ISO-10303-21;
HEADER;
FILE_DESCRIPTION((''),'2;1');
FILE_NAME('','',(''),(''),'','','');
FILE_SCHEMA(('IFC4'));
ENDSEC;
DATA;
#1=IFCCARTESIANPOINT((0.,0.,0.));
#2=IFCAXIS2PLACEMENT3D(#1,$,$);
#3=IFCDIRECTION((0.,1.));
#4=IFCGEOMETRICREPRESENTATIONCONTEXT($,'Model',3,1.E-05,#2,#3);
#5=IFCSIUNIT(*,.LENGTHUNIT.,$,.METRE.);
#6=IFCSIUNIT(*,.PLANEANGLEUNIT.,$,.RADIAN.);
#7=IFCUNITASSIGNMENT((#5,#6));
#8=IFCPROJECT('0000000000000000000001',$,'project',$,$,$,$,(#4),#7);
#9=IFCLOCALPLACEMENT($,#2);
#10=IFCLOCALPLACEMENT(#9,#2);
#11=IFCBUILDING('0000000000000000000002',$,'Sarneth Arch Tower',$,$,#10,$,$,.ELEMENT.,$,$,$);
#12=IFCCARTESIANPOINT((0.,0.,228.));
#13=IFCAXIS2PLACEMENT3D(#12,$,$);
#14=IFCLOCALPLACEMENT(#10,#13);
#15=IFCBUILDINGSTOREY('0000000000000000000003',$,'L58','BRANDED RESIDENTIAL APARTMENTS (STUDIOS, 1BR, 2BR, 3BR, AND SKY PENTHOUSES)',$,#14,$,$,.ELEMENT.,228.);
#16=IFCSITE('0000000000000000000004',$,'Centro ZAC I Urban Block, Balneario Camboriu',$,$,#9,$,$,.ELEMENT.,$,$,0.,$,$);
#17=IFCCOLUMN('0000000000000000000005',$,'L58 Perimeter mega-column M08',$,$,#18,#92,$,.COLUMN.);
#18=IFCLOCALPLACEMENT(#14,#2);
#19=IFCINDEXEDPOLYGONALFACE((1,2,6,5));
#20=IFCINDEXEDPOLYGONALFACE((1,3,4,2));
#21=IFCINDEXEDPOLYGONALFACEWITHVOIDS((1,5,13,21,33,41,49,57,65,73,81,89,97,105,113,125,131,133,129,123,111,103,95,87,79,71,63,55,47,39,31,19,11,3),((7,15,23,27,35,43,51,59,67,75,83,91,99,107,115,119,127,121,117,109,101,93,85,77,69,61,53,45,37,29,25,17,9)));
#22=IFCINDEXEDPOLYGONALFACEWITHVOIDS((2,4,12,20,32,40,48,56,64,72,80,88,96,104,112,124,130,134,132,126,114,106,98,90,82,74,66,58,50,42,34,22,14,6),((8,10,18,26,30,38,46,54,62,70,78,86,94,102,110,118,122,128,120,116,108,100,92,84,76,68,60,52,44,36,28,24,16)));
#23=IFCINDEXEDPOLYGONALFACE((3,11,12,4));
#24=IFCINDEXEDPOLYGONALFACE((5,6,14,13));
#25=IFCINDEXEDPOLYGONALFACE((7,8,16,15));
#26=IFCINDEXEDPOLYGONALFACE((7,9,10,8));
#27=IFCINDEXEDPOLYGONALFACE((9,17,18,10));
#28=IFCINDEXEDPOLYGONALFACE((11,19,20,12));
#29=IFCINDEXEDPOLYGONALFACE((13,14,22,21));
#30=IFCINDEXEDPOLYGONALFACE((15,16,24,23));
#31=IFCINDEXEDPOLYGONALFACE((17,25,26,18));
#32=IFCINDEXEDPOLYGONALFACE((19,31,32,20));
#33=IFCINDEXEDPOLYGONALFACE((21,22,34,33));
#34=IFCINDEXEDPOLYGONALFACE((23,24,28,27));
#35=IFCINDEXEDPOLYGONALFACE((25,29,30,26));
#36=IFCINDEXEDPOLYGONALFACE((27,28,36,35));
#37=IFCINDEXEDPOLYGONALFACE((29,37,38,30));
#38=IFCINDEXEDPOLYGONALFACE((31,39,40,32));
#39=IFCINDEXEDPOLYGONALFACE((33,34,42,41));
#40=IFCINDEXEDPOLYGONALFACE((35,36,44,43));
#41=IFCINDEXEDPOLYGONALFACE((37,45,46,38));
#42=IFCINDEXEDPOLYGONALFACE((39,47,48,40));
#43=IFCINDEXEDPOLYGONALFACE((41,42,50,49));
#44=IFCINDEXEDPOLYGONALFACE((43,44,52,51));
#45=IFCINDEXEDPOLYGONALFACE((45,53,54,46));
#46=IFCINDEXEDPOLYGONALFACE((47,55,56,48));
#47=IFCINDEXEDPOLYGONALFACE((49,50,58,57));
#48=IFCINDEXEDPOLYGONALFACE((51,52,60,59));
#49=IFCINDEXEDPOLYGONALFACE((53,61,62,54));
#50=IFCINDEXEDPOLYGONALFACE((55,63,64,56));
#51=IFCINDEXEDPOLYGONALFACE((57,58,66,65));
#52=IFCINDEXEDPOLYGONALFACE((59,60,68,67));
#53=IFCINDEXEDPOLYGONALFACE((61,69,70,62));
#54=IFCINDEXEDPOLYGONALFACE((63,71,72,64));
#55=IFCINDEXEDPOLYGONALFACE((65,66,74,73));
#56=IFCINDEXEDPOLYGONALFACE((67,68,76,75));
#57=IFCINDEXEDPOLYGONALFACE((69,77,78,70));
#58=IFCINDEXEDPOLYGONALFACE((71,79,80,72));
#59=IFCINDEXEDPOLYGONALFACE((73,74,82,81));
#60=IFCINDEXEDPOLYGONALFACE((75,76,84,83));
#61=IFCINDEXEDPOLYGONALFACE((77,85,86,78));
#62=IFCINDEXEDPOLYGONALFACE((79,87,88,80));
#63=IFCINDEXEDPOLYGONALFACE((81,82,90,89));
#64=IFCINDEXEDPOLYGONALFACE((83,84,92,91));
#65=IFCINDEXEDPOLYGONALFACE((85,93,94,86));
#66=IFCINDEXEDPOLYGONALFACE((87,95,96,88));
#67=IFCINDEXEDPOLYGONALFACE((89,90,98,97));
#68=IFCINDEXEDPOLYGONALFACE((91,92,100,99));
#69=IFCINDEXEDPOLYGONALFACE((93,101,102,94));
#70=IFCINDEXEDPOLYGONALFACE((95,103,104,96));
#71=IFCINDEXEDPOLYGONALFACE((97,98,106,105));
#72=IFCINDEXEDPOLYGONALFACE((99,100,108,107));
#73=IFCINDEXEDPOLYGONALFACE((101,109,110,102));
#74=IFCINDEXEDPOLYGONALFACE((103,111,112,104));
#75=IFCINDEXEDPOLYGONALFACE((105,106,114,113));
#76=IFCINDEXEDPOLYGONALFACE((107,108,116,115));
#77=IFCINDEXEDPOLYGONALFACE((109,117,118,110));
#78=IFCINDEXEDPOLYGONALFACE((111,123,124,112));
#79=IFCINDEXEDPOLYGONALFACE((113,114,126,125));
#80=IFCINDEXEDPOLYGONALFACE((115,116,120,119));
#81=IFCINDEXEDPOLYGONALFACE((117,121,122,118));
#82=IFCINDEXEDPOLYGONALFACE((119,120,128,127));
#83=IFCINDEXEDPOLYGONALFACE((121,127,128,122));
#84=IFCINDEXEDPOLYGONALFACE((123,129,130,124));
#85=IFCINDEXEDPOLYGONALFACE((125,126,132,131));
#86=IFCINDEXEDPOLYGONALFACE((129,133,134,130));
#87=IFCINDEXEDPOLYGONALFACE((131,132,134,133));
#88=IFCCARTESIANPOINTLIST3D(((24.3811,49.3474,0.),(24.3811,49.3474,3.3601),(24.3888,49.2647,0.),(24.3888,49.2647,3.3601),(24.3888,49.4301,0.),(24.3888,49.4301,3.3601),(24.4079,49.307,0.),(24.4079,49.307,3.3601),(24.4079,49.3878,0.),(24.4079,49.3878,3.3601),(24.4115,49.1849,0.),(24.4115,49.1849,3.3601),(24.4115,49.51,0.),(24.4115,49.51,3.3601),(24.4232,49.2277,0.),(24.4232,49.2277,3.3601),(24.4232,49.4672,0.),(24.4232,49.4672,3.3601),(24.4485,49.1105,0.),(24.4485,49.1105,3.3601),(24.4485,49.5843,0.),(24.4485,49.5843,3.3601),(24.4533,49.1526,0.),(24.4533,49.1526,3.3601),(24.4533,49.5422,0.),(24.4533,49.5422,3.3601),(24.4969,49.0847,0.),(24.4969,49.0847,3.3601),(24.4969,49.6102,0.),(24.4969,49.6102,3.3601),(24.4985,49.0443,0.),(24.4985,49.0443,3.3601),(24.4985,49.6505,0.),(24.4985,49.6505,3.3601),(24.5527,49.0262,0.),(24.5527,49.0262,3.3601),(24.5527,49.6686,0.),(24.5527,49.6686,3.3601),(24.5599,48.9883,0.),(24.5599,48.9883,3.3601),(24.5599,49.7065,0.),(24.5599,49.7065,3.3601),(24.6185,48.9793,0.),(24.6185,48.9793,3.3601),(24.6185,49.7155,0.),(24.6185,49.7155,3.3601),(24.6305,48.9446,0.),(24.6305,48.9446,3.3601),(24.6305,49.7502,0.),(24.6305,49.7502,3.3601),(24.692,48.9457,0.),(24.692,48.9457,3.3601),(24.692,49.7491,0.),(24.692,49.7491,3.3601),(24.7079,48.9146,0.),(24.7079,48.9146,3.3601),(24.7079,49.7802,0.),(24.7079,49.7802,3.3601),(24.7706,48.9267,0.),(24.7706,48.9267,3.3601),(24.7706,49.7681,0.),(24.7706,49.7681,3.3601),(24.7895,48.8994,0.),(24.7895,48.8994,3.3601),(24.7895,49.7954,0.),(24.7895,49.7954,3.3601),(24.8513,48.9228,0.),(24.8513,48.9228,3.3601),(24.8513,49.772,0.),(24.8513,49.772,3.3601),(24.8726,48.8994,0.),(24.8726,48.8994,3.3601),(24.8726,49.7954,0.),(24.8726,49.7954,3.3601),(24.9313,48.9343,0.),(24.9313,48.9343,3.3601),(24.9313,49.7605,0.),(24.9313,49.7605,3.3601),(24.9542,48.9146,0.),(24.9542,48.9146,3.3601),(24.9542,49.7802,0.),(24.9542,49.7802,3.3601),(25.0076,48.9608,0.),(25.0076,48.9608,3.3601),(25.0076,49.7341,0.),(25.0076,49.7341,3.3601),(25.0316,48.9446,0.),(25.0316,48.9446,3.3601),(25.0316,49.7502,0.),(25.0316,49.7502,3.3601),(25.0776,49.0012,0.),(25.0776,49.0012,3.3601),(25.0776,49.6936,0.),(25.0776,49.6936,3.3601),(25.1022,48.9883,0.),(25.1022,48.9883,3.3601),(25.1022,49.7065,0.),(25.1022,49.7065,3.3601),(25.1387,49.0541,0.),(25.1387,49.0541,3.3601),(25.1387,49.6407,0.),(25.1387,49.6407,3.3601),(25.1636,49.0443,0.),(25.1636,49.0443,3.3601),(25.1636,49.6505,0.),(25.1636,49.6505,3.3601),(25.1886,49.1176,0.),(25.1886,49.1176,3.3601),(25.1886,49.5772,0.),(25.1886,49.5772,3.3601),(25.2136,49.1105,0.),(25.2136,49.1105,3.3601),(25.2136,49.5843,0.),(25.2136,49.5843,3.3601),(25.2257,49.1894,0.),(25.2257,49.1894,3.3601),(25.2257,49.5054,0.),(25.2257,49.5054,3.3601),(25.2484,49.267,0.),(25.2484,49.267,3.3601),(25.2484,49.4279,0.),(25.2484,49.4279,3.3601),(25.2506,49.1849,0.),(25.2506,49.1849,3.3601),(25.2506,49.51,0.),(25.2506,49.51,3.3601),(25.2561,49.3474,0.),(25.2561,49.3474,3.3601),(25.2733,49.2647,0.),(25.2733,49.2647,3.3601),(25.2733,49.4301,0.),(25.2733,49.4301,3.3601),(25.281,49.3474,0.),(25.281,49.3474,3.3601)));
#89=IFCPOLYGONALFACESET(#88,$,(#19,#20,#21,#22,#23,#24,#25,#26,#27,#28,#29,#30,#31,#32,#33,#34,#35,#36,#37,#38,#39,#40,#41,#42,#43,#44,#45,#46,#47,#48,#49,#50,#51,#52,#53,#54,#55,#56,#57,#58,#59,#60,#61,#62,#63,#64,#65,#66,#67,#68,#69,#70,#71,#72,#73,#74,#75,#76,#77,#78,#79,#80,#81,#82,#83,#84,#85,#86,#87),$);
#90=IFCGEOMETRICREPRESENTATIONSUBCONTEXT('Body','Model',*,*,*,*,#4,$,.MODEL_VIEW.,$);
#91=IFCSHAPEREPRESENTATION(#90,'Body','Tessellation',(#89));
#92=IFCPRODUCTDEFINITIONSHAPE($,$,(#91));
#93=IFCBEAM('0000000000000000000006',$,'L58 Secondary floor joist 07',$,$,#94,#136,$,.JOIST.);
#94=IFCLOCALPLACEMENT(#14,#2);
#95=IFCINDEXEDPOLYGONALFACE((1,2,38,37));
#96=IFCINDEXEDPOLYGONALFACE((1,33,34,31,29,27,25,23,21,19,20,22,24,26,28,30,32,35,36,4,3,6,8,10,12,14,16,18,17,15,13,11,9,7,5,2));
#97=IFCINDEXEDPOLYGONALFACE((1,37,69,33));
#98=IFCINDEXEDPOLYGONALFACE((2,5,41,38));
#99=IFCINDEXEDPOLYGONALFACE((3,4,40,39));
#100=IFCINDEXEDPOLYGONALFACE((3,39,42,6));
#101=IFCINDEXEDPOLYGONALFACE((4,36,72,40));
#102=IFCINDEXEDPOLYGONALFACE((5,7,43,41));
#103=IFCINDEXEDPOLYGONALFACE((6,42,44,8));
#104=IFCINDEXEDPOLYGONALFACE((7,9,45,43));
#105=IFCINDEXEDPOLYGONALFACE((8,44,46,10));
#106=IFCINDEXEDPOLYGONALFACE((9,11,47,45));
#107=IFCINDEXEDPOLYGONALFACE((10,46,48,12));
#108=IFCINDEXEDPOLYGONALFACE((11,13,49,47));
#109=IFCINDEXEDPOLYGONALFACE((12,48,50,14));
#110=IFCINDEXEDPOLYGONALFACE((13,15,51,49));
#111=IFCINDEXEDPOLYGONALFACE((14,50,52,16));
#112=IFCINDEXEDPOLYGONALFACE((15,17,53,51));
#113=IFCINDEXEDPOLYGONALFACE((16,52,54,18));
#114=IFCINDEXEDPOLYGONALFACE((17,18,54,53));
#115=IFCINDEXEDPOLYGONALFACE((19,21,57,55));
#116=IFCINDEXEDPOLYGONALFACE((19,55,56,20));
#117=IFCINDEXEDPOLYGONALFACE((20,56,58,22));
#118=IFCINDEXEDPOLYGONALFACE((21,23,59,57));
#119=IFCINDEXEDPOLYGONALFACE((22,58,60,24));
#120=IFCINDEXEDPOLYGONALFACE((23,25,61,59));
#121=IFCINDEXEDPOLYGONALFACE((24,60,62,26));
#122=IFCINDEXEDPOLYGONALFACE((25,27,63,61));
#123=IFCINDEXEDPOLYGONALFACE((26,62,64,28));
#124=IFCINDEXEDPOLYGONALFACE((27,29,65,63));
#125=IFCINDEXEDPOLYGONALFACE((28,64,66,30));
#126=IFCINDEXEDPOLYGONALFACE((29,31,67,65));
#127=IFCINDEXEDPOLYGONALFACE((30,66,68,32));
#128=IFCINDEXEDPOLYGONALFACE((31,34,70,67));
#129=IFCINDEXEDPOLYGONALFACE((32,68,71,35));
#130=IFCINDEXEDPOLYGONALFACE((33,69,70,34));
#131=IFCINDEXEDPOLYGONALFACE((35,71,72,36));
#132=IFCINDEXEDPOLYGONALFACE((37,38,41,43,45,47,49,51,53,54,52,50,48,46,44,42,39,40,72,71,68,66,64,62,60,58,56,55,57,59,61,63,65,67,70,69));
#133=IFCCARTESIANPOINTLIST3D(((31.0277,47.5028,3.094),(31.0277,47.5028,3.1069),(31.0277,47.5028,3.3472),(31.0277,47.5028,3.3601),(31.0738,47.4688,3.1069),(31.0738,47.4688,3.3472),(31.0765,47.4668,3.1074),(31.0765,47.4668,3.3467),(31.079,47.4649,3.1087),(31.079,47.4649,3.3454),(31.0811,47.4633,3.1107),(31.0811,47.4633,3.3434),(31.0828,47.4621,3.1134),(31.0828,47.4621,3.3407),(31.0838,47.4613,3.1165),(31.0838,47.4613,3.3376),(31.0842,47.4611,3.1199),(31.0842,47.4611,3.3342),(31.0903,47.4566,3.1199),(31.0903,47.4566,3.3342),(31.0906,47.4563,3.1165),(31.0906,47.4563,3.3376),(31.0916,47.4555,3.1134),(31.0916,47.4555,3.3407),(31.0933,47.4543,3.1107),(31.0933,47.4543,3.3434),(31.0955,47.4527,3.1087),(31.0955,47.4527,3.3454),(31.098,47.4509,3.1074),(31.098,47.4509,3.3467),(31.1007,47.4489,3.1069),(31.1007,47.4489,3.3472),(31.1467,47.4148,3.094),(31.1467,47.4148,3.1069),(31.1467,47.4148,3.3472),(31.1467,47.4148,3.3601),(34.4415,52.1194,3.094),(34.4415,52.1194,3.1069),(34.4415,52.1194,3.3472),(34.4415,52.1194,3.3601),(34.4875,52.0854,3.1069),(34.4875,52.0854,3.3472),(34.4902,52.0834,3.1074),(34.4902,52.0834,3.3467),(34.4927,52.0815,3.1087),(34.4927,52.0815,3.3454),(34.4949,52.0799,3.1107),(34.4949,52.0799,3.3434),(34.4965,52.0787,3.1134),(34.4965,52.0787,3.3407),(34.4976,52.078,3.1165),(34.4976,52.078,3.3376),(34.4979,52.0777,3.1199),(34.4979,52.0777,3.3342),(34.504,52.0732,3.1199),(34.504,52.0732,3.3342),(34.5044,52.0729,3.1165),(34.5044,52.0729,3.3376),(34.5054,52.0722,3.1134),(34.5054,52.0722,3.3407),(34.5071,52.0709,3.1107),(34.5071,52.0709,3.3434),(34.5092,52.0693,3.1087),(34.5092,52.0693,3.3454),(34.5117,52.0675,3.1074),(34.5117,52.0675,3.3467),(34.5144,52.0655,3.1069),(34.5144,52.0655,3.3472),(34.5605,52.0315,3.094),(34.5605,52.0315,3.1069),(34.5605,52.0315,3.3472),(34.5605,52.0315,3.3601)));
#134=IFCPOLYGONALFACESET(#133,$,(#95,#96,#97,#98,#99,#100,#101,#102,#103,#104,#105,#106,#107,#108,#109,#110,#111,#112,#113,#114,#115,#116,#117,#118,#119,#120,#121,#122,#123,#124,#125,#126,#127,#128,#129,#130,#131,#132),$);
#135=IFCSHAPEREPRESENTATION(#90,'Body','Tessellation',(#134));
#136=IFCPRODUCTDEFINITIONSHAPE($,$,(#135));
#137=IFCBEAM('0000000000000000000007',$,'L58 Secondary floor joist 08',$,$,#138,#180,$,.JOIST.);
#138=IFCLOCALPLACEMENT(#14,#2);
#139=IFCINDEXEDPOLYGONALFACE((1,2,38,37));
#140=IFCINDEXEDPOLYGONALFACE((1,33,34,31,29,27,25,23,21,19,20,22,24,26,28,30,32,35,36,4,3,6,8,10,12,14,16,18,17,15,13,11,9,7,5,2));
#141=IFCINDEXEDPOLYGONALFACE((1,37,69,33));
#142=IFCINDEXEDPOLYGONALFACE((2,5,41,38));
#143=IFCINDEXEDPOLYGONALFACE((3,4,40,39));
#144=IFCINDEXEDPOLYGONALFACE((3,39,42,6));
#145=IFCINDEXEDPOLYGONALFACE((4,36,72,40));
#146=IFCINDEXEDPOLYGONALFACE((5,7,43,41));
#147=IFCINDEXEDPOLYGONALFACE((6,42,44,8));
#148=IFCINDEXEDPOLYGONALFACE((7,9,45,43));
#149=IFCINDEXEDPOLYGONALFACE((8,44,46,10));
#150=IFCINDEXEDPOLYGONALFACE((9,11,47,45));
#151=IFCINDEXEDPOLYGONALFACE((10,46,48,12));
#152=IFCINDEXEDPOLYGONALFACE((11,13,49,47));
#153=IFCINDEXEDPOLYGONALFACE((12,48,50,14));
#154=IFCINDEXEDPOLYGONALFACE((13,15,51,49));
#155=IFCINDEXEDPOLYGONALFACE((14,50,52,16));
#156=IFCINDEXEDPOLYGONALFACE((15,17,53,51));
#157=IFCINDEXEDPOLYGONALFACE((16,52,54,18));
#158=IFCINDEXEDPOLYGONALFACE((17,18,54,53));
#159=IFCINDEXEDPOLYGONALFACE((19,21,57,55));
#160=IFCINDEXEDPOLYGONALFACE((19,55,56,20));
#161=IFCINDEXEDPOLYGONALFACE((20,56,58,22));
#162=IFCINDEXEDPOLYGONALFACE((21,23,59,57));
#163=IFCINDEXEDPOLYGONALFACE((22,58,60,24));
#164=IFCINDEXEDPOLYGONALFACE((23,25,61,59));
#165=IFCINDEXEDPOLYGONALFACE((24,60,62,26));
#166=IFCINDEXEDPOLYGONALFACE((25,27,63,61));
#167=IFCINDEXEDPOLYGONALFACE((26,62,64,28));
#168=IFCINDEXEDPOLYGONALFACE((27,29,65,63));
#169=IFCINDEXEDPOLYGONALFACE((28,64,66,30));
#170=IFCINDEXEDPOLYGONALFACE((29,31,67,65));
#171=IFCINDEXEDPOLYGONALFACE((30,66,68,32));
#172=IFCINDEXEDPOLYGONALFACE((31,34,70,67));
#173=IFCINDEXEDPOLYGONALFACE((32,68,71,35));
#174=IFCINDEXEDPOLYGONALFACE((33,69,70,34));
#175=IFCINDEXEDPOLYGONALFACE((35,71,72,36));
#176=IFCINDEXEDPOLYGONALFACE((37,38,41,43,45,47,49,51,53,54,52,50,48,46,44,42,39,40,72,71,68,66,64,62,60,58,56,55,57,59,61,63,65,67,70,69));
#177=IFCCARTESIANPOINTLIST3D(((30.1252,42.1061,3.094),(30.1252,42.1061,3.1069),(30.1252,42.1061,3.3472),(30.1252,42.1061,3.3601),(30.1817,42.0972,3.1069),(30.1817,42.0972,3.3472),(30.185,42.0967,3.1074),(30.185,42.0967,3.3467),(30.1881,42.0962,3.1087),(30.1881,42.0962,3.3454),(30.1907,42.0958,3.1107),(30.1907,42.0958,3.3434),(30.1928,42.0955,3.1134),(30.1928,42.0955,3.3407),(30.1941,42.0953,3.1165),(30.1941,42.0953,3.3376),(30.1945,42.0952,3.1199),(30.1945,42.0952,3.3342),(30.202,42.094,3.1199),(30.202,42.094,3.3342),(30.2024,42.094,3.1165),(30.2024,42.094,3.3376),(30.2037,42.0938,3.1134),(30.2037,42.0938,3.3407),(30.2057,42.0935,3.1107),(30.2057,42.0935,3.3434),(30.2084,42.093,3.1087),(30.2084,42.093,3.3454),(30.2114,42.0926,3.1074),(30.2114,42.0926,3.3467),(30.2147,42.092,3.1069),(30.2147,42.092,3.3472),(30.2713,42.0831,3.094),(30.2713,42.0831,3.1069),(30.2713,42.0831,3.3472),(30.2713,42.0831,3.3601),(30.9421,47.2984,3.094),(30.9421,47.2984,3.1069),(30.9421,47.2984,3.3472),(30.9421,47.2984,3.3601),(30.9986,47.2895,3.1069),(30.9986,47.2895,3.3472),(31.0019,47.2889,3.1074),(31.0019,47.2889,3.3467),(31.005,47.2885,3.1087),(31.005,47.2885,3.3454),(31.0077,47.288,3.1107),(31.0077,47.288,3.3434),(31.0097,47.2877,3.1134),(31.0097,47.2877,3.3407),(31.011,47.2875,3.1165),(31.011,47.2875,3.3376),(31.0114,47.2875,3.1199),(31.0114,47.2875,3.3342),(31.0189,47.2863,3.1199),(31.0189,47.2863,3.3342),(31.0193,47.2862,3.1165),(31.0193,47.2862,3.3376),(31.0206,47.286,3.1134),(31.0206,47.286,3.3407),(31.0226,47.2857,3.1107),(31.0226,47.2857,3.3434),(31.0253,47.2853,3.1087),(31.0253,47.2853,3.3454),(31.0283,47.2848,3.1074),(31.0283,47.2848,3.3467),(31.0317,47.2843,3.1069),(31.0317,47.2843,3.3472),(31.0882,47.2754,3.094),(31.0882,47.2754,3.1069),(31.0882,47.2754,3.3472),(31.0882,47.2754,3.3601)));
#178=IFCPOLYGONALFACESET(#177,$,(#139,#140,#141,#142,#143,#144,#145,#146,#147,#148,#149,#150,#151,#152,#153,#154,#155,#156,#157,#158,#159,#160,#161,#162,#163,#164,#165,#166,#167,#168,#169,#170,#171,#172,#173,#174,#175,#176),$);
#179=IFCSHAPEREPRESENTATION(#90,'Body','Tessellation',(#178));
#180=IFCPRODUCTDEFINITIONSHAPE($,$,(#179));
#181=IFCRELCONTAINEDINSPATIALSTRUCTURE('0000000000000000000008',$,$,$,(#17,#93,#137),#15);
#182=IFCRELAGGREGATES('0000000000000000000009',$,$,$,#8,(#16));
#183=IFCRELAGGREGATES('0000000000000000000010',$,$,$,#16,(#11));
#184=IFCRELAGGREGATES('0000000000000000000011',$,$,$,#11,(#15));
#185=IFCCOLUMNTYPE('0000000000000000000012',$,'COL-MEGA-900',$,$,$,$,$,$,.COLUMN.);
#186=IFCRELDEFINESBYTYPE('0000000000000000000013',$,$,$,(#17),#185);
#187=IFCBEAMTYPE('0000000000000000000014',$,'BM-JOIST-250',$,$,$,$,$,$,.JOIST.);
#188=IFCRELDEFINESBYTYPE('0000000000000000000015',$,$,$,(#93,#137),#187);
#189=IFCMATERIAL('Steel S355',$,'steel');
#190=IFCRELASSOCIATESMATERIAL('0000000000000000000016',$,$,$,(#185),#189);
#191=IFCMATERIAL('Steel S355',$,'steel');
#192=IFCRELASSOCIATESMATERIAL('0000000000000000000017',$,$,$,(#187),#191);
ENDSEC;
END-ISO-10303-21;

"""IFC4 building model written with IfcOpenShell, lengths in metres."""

from ifc_helpers import new_model, si_unit, direction, frame, origin, origin_2d, place, context, subcontext, project, spatial, hollow_circle, i_section, extrude, material, material_profile, profile_set, type_object, element, save


model = new_model("IFC4")

# Units and contexts
model_context = context("Model", 3, precision=1e-05, world=origin(), true_north=direction((0.0, 1.0)))
body_context = subcontext(model_context, "Body", "Model", "MODEL_VIEW")
ifc_project = project(units=[si_unit("LENGTHUNIT", "METRE"), si_unit("PLANEANGLEUNIT", "RADIAN")], contexts=[model_context])

# Site, building, storey
site_placement = place(None, origin())
site = spatial("IfcSite", under=ifc_project, at=site_placement, Name="Centro ZAC I Urban Block, Balneario Camboriu", CompositionType="ELEMENT", RefElevation=0.0)
building_placement = place(site_placement, origin())
building = spatial("IfcBuilding", under=site, at=building_placement, Name="Sarneth Arch Tower", CompositionType="ELEMENT")
storey_placement = place(building_placement, frame((0.0, 0.0, 228.0)))
storey = spatial("IfcBuildingStorey", under=building, at=storey_placement, Name="L58", Description="BRANDED RESIDENTIAL APARTMENTS (STUDIOS, 1BR, 2BR, 3BR, AND SKY PENTHOUSES)", CompositionType="ELEMENT", Elevation=228.0)

# Column
ifc_material_1 = material(Name="Steel S355", Category="steel")
ifc_material_profile_1 = material_profile(ifc_material_1, hollow_circle(Radius=0.45, WallThickness=0.0249, at=origin_2d()), Name="CHS900x25")
ifc_profile_set_1 = profile_set([ifc_material_profile_1], Name="Steel S355")
column_type = type_object("IfcColumnType", Name="COL-MEGA-900", PredefinedType="COLUMN", material=ifc_profile_set_1)
column_placement = place(storey_placement, frame((24.8311, 49.3474, 0.0), z_axis=(0.0, 0.0, 1.0), x_axis=(1.0, 0.0, 0.0)))
element("IfcColumn", 1, at=column_placement, inside=storey, type_object=column_type, Name="L58 Perimeter mega-column M08", PredefinedType="COLUMN", context=body_context, shape_type="SweptSolid", body=[
    extrude(hollow_circle(Radius=0.45, WallThickness=0.0249, at=origin_2d()), origin(), (0.0, 0.0, 1.0), 3.3601),
])

# Beams
ifc_material_2 = material(Name="Steel S355", Category="steel")
ifc_material_profile_2 = material_profile(ifc_material_2, i_section(OverallWidth=0.1479, OverallDepth=0.2661, WebThickness=0.0076, FlangeThickness=0.0129, FilletRadius=0.0129, at=origin_2d()), Name="W250x44.8")
ifc_profile_set_2 = profile_set([ifc_material_profile_2], Name="Steel S355")
beam_type_1 = type_object("IfcBeamType", Name="BM-JOIST-250", PredefinedType="JOIST", material=ifc_profile_set_2)
beam_1_placement = place(storey_placement, frame((34.501, 52.0754, 3.2271), z_axis=(-0.594557, -0.804053, 0.0), x_axis=(0.804053, -0.594557, 0.0)))
element("IfcBeam", 2, at=beam_1_placement, inside=storey, type_object=beam_type_1, Name="L58 Secondary floor joist 07", PredefinedType="JOIST", context=body_context, shape_type="SweptSolid", body=[
    extrude(i_section(OverallWidth=0.1479, OverallDepth=0.2661, WebThickness=0.0076, FlangeThickness=0.0129, FilletRadius=0.0129, at=origin_2d()), origin(), (0.0, 0.0, 1.0), 5.7417),
])
beam_2_placement = place(storey_placement, frame((31.0151, 47.2869, 3.2271), z_axis=(-0.155421, -0.987848, 0.0), x_axis=(0.987848, -0.155421, 0.0)))
element("IfcBeam", 3, at=beam_2_placement, inside=storey, type_object=beam_type_1, Name="L58 Secondary floor joist 08", PredefinedType="JOIST", context=body_context, shape_type="SweptSolid", body=[
    extrude(i_section(OverallWidth=0.1479, OverallDepth=0.2661, WebThickness=0.0076, FlangeThickness=0.0129, FilletRadius=0.0129, at=origin_2d()), origin(), (0.0, 0.0, 1.0), 5.2561),
])

save(model, "model.ifc")
